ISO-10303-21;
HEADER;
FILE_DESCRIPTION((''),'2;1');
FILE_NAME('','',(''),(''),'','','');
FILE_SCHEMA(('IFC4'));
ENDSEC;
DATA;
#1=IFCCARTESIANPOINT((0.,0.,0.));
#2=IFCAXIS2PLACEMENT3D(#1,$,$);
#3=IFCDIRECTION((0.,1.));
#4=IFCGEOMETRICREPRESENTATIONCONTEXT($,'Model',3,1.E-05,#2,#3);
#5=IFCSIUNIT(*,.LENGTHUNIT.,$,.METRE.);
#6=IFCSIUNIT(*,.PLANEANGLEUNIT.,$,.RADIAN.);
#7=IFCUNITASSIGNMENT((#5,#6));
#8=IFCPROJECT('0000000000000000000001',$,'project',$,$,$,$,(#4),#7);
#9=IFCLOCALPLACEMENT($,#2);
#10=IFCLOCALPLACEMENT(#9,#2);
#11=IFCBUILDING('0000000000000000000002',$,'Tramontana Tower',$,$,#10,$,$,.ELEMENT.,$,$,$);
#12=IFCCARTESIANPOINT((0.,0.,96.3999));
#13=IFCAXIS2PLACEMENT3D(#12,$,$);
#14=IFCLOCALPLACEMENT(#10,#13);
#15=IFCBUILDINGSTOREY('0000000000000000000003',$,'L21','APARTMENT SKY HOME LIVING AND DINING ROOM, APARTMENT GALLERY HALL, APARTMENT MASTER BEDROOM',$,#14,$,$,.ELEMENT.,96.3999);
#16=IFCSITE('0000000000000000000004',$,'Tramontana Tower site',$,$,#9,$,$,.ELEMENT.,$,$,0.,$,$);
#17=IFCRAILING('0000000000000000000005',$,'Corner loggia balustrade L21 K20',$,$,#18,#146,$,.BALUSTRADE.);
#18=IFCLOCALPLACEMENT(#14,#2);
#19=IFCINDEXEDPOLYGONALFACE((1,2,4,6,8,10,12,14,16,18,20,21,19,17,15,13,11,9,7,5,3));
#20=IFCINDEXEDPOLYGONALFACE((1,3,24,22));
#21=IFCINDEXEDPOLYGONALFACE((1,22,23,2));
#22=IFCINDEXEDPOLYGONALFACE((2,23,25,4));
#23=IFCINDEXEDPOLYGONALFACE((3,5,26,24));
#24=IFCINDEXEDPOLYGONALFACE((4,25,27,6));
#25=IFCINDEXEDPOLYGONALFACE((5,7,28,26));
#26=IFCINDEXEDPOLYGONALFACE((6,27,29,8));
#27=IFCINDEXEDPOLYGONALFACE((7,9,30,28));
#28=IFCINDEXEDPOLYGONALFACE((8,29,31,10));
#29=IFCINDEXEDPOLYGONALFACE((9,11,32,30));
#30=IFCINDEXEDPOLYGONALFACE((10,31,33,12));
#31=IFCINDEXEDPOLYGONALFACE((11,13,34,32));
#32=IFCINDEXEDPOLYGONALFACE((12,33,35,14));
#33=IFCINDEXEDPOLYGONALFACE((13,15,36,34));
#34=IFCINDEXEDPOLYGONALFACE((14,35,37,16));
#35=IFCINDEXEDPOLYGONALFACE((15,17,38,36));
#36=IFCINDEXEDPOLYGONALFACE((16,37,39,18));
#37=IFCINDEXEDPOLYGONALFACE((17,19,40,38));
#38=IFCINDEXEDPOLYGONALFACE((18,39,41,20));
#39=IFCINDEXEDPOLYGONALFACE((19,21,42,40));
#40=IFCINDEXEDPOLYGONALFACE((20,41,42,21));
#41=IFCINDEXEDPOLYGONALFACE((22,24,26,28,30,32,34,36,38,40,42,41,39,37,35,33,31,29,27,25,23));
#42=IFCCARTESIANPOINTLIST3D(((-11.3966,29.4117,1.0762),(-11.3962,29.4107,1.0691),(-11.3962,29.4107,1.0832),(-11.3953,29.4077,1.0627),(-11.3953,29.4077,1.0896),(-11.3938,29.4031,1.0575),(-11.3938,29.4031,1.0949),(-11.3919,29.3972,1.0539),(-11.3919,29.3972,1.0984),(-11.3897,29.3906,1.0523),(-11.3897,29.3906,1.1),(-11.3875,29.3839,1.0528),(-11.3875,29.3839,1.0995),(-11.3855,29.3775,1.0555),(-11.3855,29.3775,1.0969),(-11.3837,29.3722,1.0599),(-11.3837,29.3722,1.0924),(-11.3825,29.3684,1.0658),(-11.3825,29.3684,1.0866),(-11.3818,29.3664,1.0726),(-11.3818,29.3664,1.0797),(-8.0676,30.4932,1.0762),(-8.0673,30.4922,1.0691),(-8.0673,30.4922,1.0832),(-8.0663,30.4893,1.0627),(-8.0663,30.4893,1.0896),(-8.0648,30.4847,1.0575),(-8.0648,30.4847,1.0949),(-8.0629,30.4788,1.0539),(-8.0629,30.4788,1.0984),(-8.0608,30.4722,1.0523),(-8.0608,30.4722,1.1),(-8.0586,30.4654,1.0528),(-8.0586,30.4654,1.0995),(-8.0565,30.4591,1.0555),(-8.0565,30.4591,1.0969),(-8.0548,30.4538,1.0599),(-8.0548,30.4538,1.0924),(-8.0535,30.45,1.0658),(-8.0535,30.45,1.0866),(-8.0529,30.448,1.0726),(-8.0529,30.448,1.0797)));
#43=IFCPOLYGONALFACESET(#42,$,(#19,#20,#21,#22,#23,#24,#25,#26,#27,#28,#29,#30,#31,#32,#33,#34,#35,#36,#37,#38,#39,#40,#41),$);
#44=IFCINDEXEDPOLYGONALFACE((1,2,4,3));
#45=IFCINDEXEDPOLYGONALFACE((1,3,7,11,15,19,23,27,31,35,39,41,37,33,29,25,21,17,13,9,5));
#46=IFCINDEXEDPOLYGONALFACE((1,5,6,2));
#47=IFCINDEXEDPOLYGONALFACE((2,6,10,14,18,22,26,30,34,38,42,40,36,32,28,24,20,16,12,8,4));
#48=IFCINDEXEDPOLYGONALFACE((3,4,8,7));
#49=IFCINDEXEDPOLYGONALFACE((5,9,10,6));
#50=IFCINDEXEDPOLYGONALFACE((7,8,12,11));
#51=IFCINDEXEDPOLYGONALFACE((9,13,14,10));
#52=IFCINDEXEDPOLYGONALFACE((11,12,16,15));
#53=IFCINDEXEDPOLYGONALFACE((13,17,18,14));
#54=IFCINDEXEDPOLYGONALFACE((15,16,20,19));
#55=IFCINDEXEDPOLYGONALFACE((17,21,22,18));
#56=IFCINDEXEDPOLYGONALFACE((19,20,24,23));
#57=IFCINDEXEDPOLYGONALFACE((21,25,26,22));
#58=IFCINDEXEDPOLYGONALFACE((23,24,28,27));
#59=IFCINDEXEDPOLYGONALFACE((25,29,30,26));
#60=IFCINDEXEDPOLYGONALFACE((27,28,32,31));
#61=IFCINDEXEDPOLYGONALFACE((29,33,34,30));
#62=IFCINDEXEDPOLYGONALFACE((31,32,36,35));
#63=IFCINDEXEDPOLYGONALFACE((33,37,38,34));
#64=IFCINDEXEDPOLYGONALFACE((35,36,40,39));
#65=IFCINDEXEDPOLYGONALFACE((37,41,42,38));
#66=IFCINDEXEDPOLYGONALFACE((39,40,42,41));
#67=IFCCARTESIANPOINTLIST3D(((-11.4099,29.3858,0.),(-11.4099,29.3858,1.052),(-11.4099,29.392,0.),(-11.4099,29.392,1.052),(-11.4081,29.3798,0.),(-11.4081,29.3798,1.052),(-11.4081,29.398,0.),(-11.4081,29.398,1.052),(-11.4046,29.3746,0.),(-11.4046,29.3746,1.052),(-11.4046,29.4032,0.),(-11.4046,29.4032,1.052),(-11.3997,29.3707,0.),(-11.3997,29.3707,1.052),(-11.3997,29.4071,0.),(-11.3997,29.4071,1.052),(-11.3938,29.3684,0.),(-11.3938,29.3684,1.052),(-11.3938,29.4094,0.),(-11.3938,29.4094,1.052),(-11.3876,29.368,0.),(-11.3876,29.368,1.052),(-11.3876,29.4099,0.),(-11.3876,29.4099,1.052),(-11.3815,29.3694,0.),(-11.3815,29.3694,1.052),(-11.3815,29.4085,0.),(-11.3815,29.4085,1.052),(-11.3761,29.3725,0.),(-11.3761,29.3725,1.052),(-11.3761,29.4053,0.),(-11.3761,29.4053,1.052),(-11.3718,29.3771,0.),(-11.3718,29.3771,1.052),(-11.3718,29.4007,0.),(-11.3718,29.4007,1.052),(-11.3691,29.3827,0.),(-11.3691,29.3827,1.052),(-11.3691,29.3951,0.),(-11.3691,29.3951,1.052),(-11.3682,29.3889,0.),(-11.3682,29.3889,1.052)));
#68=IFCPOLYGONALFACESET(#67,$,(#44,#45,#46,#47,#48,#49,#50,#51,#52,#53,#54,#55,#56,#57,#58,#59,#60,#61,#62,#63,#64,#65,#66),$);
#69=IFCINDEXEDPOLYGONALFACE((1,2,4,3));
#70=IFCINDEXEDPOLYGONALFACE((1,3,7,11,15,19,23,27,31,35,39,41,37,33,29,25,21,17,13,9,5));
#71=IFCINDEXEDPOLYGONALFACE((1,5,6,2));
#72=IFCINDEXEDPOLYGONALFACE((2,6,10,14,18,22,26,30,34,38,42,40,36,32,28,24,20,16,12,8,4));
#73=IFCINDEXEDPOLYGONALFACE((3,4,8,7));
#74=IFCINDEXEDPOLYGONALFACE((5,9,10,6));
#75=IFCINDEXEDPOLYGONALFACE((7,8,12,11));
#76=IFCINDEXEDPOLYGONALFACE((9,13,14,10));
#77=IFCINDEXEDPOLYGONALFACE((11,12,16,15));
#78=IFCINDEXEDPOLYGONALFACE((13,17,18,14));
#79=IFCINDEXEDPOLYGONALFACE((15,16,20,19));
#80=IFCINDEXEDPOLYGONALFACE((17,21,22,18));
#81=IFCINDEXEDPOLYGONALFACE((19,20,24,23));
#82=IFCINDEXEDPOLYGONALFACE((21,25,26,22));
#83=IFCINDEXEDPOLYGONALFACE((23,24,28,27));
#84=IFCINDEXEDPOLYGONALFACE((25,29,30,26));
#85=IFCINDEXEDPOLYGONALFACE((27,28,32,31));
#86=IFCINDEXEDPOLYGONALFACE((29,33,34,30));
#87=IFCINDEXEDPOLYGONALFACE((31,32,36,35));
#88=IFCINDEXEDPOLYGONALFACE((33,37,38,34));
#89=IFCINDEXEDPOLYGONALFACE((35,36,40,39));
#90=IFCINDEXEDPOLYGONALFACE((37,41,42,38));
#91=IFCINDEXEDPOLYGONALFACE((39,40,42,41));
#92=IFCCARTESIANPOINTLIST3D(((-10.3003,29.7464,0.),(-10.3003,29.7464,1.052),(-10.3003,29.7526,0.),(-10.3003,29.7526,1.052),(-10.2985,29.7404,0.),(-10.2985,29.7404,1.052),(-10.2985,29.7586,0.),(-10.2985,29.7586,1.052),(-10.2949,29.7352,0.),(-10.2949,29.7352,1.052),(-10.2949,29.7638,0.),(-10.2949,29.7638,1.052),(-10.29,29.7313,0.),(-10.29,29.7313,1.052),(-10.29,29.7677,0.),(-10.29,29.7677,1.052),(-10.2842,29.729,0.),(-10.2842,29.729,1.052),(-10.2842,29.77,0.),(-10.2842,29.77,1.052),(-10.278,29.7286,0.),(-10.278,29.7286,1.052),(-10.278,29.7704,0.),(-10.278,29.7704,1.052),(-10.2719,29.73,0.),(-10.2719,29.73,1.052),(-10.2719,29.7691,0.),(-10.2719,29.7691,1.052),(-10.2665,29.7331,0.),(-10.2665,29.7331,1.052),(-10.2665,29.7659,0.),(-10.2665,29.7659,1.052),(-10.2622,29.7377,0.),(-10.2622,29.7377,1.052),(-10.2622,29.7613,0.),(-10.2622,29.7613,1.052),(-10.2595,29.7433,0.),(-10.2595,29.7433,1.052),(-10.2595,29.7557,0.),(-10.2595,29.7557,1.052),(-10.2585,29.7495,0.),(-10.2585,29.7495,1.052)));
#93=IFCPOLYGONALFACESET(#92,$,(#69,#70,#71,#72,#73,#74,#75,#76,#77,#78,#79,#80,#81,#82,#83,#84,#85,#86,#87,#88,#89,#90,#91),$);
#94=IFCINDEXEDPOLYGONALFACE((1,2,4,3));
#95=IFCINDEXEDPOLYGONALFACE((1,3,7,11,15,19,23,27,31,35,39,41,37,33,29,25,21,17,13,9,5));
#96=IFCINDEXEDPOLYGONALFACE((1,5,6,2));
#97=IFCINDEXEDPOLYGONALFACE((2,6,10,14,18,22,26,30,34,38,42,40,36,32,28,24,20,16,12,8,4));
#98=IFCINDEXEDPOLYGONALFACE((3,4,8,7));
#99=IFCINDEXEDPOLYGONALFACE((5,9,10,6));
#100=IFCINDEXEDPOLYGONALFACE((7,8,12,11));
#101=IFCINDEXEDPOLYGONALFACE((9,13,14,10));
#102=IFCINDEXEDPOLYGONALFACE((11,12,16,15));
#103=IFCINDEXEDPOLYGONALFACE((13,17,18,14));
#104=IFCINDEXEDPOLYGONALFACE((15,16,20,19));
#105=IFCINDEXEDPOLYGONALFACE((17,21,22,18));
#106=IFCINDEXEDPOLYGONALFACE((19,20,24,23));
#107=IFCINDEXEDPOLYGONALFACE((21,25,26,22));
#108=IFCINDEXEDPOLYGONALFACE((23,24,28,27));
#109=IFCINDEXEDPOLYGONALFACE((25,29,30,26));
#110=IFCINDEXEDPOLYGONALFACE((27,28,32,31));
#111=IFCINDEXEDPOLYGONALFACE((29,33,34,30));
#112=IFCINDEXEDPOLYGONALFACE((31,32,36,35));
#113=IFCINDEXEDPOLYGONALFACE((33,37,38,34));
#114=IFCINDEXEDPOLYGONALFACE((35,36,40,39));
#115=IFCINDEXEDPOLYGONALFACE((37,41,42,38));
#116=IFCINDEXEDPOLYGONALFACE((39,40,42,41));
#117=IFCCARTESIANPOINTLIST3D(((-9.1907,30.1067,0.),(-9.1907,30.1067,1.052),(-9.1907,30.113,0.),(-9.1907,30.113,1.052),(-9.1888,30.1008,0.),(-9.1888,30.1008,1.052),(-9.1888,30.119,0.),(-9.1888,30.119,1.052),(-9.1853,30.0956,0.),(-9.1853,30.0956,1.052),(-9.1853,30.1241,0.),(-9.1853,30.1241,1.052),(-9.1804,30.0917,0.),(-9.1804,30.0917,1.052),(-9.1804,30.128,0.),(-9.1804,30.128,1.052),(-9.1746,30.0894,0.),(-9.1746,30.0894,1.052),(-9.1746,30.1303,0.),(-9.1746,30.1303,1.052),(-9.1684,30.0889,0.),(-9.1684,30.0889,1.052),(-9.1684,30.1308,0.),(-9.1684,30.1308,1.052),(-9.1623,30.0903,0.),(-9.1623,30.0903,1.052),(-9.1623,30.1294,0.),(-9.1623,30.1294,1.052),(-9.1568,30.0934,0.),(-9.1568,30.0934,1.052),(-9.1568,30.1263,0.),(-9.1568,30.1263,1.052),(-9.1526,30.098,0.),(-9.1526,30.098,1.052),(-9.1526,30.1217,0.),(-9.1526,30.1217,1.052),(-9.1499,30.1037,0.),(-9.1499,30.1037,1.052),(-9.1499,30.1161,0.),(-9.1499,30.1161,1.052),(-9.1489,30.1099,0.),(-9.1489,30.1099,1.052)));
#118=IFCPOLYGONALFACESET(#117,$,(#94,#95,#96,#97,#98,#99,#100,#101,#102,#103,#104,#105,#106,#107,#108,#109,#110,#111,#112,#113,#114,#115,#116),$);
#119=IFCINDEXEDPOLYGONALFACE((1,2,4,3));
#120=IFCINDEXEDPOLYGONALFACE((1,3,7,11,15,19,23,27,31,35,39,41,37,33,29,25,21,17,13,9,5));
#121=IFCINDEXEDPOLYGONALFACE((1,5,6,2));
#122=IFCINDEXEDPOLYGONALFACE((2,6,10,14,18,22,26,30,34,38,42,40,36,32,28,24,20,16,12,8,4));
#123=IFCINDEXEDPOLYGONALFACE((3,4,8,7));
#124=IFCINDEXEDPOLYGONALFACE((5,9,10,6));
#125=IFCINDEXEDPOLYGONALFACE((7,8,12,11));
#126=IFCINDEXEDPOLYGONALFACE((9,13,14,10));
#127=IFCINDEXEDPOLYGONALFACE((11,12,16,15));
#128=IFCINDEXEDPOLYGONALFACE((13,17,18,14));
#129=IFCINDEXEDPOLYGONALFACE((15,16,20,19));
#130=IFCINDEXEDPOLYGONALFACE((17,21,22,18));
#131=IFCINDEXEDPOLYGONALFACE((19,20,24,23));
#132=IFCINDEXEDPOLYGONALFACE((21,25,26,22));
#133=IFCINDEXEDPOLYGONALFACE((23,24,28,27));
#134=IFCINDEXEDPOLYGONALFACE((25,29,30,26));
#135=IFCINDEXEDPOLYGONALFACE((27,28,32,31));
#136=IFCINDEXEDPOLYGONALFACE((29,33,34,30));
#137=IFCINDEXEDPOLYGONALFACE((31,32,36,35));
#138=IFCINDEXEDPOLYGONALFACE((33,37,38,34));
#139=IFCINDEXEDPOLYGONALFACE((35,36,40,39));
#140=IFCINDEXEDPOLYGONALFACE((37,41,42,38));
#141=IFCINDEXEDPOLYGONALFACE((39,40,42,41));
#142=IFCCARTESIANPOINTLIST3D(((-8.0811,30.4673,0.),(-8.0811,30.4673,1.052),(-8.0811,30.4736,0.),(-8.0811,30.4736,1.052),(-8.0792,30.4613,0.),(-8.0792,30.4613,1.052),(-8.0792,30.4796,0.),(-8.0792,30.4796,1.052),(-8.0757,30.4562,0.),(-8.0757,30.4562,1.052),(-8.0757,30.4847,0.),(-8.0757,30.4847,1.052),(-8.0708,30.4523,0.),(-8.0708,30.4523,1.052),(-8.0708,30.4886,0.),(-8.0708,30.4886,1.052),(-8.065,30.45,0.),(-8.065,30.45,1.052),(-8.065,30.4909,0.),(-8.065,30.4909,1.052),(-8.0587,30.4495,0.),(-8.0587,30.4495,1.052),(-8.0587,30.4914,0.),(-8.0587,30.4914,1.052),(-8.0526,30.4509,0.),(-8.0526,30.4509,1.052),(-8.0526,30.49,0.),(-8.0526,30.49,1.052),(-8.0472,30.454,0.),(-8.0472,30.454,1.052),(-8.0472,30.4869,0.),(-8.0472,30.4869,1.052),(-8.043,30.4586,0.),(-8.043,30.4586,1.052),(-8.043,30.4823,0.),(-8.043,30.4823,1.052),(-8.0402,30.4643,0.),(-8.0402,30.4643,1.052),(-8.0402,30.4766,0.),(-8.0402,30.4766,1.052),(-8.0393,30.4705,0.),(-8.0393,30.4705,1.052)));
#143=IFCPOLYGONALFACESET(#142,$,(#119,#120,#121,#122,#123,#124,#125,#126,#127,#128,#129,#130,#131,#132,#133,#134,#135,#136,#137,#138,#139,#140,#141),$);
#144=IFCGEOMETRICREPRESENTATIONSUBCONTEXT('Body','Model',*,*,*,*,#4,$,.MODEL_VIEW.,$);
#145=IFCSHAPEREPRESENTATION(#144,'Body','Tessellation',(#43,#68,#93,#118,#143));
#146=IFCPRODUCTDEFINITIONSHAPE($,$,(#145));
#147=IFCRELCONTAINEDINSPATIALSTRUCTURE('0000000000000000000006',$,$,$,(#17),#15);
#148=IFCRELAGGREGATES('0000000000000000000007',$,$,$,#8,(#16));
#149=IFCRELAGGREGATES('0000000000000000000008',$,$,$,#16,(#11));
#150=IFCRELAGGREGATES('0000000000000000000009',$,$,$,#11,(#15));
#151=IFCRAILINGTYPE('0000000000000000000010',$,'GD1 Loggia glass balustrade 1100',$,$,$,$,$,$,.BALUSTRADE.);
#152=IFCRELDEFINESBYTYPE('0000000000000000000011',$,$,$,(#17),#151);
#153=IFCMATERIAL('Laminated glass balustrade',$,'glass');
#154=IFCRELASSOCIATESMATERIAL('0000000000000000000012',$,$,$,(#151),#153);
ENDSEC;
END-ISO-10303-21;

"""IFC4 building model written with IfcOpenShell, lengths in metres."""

from ifc_helpers import new_model, si_unit, direction, frame, origin, origin_2d, place, context, subcontext, project, spatial, circle, extrude, material, type_object, element, save


model = new_model("IFC4")

# Units and contexts
model_context = context("Model", 3, precision=1e-05, world=origin(), true_north=direction((0.0, 1.0)))
body_context = subcontext(model_context, "Body", "Model", "MODEL_VIEW")
ifc_project = project(units=[si_unit("LENGTHUNIT", "METRE"), si_unit("PLANEANGLEUNIT", "RADIAN")], contexts=[model_context])

# Site, building, storey
site_placement = place(None, origin())
site = spatial("IfcSite", under=ifc_project, at=site_placement, Name="Tramontana Tower site", CompositionType="ELEMENT", RefElevation=0.0)
building_placement = place(site_placement, origin())
building = spatial("IfcBuilding", under=site, at=building_placement, Name="Tramontana Tower", CompositionType="ELEMENT")
storey_placement = place(building_placement, frame((0.0, 0.0, 96.3999)))
storey = spatial("IfcBuildingStorey", under=building, at=storey_placement, Name="L21", Description="APARTMENT SKY HOME LIVING AND DINING ROOM, APARTMENT GALLERY HALL, APARTMENT MASTER BEDROOM", CompositionType="ELEMENT", Elevation=96.3999)

# Railing
ifc_material_1 = material(Name="Laminated glass balustrade", Category="glass")
railing_type = type_object("IfcRailingType", Name="GD1 Loggia glass balustrade 1100", PredefinedType="BALUSTRADE", material=ifc_material_1)
railing_1_placement = place(storey_placement, frame((-11.3892, 29.3889, 0.0)))
element("IfcRailing", 1, at=railing_1_placement, inside=storey, type_object=railing_type, Name="Corner loggia balustrade L21 K20", PredefinedType="BALUSTRADE", context=body_context, shape_type="SweptSolid", body=[
    extrude(circle(Radius=0.0239, at=origin_2d()), frame((0.0, 0.0, 1.0762), z_axis=(0.951062, 0.308999, 0.0), x_axis=(-0.308999, 0.951062, 0.0)), (0.0, 0.0, 1.0), 3.5002),
    extrude(circle(Radius=0.021, at=origin_2d()), origin(), (0.0, 0.0, 1.0), 1.052),
    extrude(circle(Radius=0.021, at=origin_2d()), frame((1.1096, 0.3606, 0.0)), (0.0, 0.0, 1.0), 1.052),
    extrude(circle(Radius=0.021, at=origin_2d()), frame((2.2192, 0.7209, 0.0)), (0.0, 0.0, 1.0), 1.052),
    extrude(circle(Radius=0.021, at=origin_2d()), frame((3.3289, 1.0815, 0.0)), (0.0, 0.0, 1.0), 1.052),
])

save(model, "model.ifc")
